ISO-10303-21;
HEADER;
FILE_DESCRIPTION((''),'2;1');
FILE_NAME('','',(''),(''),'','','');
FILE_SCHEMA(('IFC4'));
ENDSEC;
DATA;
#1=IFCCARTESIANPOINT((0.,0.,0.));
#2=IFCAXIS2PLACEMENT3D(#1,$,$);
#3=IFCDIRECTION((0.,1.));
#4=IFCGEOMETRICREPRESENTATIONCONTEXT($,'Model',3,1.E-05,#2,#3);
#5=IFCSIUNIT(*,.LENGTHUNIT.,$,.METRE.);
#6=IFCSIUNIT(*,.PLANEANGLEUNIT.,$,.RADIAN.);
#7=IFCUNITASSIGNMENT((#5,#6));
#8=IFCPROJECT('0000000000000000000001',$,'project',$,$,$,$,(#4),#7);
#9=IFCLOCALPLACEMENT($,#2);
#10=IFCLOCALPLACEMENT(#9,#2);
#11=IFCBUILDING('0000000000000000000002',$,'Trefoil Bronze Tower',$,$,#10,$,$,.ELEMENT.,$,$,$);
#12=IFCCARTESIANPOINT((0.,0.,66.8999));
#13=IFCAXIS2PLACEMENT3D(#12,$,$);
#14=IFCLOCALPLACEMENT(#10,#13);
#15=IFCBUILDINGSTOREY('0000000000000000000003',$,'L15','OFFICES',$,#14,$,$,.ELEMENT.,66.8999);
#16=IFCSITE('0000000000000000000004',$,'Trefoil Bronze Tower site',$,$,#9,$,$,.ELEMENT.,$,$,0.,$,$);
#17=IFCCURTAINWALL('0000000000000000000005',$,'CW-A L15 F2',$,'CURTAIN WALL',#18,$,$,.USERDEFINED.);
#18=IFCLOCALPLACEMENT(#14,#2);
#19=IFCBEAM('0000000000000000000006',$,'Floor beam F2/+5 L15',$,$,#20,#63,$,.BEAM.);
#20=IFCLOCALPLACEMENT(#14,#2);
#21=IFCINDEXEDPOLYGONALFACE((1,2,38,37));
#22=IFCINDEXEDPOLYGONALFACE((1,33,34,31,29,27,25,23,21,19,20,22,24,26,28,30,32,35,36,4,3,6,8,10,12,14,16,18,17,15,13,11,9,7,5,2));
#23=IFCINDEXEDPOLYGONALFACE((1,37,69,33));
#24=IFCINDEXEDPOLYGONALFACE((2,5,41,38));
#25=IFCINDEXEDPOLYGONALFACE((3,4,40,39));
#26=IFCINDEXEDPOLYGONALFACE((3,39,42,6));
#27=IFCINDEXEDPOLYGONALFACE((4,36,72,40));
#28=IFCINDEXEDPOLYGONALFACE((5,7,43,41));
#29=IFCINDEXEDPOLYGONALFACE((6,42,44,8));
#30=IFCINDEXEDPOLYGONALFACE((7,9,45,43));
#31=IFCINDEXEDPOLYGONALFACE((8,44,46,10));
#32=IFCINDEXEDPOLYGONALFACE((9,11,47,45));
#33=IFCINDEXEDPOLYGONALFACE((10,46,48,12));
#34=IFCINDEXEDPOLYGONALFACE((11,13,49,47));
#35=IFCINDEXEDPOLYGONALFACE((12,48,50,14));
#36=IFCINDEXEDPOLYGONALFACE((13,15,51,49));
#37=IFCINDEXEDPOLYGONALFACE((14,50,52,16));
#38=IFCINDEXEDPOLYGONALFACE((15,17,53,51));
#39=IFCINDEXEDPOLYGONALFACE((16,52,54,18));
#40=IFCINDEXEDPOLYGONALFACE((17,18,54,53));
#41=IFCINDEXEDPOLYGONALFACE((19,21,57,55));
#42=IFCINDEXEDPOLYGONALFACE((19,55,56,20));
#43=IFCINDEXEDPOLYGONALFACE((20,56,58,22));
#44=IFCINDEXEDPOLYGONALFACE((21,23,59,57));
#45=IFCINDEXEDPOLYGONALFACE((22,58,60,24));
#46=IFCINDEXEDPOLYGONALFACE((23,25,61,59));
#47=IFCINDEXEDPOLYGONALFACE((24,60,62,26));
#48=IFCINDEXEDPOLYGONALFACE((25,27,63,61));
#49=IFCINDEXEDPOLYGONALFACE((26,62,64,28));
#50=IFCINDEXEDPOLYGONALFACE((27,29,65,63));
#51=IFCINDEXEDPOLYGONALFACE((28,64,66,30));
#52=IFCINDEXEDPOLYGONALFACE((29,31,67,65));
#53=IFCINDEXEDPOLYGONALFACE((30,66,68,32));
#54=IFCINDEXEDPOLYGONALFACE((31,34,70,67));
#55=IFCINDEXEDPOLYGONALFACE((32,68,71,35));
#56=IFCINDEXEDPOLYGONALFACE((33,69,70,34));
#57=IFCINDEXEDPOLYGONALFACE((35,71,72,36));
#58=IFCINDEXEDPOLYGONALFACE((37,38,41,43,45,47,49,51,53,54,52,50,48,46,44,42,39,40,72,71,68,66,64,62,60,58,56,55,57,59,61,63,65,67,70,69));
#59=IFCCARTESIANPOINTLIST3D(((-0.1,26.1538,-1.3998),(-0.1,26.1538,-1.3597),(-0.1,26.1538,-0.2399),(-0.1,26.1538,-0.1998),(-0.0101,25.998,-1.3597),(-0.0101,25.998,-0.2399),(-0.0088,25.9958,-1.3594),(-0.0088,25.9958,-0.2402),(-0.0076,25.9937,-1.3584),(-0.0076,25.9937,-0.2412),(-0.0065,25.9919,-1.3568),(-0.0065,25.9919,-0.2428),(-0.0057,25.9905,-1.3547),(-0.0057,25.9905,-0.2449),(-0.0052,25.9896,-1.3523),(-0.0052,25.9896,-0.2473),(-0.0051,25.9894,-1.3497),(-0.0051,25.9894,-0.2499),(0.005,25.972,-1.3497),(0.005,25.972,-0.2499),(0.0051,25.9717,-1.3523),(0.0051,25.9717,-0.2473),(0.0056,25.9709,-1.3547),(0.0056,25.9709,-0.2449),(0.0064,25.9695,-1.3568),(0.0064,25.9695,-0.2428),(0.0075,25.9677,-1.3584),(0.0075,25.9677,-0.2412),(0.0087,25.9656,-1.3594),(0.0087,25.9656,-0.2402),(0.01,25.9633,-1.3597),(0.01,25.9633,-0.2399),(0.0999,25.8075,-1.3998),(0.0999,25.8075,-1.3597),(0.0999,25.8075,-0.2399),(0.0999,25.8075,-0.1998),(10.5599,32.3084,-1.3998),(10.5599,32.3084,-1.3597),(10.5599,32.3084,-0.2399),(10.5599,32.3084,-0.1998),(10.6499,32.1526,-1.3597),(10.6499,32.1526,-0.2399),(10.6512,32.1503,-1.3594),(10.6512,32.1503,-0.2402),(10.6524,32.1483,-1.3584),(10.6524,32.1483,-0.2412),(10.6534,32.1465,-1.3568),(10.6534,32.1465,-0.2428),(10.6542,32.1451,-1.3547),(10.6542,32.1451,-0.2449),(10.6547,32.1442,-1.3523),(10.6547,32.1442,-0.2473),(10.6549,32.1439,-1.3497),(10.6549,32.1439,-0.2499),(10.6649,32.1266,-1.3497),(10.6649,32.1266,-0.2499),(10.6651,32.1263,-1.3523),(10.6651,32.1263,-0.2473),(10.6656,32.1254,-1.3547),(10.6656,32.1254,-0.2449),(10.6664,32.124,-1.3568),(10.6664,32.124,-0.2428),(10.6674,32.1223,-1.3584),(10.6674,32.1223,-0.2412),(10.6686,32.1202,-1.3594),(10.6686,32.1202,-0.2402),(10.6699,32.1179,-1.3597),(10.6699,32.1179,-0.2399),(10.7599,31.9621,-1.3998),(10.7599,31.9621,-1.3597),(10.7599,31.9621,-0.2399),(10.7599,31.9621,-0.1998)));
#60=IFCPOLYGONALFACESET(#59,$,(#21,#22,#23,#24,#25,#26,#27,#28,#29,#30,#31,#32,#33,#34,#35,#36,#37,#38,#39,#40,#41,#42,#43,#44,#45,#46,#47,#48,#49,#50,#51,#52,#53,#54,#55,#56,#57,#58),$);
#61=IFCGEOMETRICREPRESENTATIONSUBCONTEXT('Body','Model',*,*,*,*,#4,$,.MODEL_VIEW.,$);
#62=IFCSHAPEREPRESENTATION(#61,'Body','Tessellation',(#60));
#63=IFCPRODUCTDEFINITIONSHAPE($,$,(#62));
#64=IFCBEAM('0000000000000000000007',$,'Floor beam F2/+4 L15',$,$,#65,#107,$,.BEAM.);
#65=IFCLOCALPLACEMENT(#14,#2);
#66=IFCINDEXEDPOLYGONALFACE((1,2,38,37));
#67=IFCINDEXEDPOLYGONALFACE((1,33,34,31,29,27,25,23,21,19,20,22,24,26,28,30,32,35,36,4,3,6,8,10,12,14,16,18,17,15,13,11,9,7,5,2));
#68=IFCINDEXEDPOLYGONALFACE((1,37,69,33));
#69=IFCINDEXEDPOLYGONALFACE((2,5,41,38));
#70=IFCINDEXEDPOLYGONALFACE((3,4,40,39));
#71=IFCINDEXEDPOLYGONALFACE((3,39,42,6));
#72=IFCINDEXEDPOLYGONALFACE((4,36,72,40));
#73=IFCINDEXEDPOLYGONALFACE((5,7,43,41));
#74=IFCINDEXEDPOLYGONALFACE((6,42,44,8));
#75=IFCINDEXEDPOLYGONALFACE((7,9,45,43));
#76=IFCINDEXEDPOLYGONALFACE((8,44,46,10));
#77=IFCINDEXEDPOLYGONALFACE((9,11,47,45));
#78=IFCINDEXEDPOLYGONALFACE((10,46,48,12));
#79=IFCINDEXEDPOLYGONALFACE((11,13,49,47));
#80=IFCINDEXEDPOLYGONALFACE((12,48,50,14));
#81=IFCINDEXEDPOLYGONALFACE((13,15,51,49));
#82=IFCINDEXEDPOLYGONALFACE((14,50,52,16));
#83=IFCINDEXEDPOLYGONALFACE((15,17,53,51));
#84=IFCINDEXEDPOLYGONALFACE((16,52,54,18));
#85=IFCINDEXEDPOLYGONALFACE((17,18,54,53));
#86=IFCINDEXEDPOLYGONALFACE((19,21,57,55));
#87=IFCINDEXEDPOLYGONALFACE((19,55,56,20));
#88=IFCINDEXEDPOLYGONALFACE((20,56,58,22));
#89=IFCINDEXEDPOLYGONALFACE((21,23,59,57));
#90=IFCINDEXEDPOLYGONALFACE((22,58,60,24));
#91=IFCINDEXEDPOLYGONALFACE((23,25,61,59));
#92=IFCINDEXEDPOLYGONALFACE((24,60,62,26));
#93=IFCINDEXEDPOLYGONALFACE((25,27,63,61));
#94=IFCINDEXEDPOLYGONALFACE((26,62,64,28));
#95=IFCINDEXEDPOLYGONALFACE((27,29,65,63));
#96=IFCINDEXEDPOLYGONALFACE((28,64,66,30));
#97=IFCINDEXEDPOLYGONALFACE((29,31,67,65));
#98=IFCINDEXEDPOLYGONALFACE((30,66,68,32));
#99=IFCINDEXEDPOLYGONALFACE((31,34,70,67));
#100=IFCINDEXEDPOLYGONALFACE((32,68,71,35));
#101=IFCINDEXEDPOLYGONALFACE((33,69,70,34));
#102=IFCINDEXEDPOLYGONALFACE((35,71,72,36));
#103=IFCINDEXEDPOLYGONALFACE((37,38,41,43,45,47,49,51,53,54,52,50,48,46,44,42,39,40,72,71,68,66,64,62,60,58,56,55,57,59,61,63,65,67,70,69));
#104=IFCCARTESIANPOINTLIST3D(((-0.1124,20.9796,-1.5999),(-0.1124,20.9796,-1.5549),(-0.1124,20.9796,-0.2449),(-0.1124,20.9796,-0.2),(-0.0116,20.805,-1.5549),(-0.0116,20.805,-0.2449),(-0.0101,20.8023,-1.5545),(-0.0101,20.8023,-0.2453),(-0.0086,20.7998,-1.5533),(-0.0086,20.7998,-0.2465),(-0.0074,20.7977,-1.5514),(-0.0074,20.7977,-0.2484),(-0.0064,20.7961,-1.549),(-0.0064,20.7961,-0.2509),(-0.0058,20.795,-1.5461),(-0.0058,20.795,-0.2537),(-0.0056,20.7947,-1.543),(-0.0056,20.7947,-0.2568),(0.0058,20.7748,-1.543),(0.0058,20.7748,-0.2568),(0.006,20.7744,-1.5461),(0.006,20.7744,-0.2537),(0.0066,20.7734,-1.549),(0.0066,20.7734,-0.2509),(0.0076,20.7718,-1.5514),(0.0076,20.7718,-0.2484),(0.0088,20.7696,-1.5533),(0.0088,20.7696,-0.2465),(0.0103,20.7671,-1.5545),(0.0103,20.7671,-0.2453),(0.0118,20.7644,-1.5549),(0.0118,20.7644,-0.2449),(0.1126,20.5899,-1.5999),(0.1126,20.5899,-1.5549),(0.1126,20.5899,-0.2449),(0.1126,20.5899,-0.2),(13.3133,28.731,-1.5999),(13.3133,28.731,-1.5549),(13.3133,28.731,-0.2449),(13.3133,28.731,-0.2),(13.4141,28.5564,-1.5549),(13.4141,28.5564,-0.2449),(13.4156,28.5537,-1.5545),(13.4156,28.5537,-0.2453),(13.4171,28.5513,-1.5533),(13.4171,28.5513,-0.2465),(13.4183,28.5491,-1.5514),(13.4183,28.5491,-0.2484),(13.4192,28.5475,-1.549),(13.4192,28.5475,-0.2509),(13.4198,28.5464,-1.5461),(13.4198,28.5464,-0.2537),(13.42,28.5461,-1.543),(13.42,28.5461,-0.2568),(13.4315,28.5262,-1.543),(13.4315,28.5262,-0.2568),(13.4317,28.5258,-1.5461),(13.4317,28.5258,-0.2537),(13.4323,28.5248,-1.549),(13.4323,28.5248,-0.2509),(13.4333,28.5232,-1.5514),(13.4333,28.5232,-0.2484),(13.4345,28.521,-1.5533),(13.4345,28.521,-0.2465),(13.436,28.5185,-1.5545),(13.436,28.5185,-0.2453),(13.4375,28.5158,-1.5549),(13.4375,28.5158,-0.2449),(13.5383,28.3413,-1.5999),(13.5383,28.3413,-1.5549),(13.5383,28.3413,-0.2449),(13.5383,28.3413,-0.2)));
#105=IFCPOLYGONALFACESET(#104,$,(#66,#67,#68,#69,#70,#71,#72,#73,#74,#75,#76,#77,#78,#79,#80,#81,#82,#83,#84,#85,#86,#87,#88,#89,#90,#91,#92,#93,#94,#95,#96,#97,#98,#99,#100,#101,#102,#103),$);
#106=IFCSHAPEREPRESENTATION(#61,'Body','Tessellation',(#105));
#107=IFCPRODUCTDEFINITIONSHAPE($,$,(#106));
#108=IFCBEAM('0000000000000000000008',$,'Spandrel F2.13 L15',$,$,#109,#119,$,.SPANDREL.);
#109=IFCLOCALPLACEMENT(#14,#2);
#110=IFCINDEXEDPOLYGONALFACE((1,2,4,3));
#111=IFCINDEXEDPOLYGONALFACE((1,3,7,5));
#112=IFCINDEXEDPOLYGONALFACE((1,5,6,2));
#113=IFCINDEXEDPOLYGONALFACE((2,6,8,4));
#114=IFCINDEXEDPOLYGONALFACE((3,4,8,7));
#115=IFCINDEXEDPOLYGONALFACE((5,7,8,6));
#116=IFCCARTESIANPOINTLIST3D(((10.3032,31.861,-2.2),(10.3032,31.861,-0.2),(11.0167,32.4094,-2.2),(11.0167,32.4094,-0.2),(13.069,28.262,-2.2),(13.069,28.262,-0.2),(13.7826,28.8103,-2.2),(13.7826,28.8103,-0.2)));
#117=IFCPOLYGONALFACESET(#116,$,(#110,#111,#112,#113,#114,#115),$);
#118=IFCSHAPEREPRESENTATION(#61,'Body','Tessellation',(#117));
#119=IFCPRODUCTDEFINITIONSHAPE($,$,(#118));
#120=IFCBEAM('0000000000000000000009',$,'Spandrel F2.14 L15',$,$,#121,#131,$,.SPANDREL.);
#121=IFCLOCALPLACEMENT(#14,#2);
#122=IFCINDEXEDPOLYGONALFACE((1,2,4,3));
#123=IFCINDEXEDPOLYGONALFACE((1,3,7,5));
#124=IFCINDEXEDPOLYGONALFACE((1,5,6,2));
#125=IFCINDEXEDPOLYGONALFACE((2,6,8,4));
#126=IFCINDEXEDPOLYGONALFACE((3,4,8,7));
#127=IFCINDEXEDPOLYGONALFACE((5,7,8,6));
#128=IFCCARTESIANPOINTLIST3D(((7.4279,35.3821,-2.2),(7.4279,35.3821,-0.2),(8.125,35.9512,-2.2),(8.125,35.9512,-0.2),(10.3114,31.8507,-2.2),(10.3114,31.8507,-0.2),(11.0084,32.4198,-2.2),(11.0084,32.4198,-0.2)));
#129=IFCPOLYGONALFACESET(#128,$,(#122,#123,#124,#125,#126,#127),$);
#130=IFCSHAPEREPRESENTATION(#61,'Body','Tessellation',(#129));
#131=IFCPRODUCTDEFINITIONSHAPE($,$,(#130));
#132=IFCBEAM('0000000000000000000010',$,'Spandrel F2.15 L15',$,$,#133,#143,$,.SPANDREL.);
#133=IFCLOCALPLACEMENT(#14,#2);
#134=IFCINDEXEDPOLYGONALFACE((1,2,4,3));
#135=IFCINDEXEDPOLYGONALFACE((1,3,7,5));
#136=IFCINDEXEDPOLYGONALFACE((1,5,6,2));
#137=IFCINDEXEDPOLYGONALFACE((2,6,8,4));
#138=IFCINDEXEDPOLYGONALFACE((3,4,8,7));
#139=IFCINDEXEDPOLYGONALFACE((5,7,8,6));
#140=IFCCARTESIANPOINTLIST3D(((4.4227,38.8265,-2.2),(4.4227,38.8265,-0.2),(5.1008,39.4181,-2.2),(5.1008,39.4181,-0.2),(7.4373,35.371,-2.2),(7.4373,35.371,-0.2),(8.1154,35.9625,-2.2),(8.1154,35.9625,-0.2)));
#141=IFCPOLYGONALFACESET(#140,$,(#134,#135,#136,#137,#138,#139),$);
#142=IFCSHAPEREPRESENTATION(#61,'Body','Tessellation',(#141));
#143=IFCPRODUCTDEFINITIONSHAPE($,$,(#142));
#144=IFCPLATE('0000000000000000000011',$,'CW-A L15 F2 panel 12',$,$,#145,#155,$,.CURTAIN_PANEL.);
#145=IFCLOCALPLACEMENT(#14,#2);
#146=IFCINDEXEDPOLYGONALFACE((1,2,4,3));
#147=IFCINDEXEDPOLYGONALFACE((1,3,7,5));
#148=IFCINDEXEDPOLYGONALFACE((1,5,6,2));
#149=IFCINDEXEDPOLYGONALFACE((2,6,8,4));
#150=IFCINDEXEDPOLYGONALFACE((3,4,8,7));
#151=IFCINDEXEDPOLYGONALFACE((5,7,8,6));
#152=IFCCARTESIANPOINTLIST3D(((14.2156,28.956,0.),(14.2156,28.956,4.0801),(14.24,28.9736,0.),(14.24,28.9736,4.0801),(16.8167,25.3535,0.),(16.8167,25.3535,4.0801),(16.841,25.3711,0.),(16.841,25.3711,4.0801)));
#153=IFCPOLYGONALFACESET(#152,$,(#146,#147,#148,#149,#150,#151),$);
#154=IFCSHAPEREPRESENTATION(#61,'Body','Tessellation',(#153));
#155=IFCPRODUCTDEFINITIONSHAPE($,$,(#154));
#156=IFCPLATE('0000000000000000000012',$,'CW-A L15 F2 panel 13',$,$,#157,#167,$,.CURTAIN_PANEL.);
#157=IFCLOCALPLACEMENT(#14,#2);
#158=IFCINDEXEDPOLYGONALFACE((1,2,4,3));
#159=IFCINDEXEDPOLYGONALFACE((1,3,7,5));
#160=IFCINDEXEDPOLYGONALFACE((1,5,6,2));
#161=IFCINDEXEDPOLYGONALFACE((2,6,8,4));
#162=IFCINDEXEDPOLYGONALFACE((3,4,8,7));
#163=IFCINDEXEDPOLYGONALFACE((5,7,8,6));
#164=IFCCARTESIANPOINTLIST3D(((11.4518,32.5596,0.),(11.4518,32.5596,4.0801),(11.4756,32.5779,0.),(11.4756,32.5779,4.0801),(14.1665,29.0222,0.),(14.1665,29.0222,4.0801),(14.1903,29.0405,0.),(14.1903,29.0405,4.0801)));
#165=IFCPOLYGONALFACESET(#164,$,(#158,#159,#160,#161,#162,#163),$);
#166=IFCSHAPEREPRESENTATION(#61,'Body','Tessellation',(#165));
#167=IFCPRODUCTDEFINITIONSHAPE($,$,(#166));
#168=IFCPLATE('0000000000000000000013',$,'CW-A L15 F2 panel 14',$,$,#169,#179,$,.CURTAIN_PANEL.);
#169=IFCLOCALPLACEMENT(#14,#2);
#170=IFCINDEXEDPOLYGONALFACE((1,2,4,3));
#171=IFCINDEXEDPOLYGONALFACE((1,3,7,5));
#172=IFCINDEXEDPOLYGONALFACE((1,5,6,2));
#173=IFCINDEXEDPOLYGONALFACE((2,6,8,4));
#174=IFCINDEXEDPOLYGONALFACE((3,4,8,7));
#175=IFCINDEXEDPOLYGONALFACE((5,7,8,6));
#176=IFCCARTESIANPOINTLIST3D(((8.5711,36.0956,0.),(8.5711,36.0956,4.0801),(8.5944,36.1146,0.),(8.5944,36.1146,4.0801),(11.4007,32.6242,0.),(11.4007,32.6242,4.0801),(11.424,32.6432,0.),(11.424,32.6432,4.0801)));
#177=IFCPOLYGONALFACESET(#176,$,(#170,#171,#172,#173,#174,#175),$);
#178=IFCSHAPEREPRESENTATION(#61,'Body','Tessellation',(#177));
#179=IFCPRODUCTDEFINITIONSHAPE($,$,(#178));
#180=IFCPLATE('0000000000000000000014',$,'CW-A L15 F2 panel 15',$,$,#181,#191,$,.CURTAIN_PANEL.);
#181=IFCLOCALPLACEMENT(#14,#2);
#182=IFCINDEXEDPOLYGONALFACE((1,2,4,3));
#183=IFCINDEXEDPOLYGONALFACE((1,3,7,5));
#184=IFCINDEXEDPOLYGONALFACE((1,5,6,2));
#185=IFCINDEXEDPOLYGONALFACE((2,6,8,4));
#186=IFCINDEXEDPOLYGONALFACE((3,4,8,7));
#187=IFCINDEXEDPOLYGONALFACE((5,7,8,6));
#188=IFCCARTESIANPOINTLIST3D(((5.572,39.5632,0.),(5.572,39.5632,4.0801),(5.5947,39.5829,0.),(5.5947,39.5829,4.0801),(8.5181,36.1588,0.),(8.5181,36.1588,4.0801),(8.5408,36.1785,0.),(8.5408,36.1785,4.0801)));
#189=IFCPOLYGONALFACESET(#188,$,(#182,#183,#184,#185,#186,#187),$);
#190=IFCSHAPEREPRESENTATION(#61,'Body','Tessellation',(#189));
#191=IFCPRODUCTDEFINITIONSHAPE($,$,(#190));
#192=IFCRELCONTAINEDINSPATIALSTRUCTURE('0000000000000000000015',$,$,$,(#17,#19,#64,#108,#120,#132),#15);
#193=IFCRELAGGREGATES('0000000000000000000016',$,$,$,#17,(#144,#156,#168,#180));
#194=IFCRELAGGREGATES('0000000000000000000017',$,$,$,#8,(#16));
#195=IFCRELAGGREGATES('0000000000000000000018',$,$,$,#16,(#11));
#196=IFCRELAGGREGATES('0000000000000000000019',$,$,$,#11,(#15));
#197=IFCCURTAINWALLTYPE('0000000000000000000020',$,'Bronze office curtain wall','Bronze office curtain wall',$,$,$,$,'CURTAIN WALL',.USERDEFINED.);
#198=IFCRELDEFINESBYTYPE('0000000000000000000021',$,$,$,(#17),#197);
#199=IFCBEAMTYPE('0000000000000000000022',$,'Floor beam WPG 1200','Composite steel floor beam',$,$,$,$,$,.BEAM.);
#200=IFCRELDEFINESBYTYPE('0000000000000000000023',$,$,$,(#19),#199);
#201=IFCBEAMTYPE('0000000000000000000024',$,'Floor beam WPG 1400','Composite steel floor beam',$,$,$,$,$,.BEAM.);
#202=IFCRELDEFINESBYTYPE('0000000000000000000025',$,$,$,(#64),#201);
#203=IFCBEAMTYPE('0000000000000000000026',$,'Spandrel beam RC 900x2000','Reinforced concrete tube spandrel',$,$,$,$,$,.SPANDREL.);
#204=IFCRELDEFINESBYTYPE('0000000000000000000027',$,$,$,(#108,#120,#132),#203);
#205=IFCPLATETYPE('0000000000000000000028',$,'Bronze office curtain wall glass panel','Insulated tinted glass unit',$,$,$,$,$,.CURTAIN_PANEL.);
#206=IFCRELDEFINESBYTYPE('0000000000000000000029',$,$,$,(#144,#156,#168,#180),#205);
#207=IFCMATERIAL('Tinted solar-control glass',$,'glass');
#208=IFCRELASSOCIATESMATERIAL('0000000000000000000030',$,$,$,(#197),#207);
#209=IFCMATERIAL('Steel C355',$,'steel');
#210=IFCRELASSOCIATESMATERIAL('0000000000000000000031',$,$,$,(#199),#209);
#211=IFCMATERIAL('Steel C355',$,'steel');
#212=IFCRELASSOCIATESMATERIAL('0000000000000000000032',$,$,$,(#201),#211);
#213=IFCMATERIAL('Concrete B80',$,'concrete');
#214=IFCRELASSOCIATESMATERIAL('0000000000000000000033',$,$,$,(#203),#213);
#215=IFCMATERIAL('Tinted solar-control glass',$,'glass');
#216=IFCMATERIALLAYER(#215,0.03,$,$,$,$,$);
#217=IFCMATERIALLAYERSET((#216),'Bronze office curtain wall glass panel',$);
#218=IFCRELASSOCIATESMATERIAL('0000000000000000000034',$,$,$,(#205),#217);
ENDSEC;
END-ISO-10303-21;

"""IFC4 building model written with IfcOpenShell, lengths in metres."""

from ifc_helpers import new_model, si_unit, direction, frame, origin, origin_2d, place, context, subcontext, project, spatial, rectangle, i_section, extrude, material, layer, layer_set, material_profile, profile_set, type_object, element, aggregate, save


model = new_model("IFC4")

# Units and contexts
model_context = context("Model", 3, precision=1e-05, world=origin(), true_north=direction((0.0, 1.0)))
body_context = subcontext(model_context, "Body", "Model", "MODEL_VIEW")
ifc_project = project(units=[si_unit("LENGTHUNIT", "METRE"), si_unit("PLANEANGLEUNIT", "RADIAN")], contexts=[model_context])

# Site, building, storey
site_placement = place(None, origin())
site = spatial("IfcSite", under=ifc_project, at=site_placement, Name="Trefoil Bronze Tower site", CompositionType="ELEMENT", RefElevation=0.0)
building_placement = place(site_placement, origin())
building = spatial("IfcBuilding", under=site, at=building_placement, Name="Trefoil Bronze Tower", CompositionType="ELEMENT")
storey_placement = place(building_placement, frame((0.0, 0.0, 66.8999)))
storey = spatial("IfcBuildingStorey", under=building, at=storey_placement, Name="L15", Description="OFFICES", CompositionType="ELEMENT", Elevation=66.8999)

# Curtain wall
ifc_material_1 = material(Name="Tinted solar-control glass", Category="glass")
curtain_wall_type_1 = type_object("IfcCurtainWallType", Name="Bronze office curtain wall", Description="Bronze office curtain wall", ElementType="CURTAIN WALL", PredefinedType="USERDEFINED", material=ifc_material_1)
curtain_wall_1_placement = place(storey_placement, origin())
curtain_wall_1 = element("IfcCurtainWall", 1, at=curtain_wall_1_placement, inside=storey, type_object=curtain_wall_type_1, Name="CW-A L15 F2", ObjectType="CURTAIN WALL", PredefinedType="USERDEFINED")

# Beams
ifc_material_2 = material(Name="Steel C355", Category="steel")
ifc_material_profile_1 = material_profile(ifc_material_2, i_section(OverallWidth=0.3999, OverallDepth=1.2, WebThickness=0.02, FlangeThickness=0.04, FilletRadius=0.01, at=origin_2d()), Name="WPG 1200")
ifc_profile_set_1 = profile_set([ifc_material_profile_1], Name="Steel C355")
beam_type_1 = type_object("IfcBeamType", Name="Floor beam WPG 1200", Description="Composite steel floor beam", PredefinedType="BEAM", material=ifc_profile_set_1)
beam_1_placement = place(storey_placement, frame((10.6599, 32.1353, -0.7998), z_axis=(-0.866024, -0.500002, 0.0), x_axis=(0.500002, -0.866024, 0.0)))
element("IfcBeam", 2, at=beam_1_placement, inside=storey, type_object=beam_type_1, Name="Floor beam F2/+5 L15", PredefinedType="BEAM", context=body_context, shape_type="SweptSolid", body=[
    extrude(i_section(OverallWidth=0.3999, OverallDepth=1.2, WebThickness=0.02, FlangeThickness=0.04, FilletRadius=0.01, at=origin_2d()), origin(), (0.0, 0.0, 1.0), 12.3091),
])
ifc_material_3 = material(Name="Steel C355", Category="steel")
ifc_material_profile_2 = material_profile(ifc_material_3, i_section(OverallWidth=0.45, OverallDepth=1.3999, WebThickness=0.0229, FlangeThickness=0.0449, FilletRadius=0.012, at=origin_2d()), Name="WPG 1400")
ifc_profile_set_2 = profile_set([ifc_material_profile_2], Name="Steel C355")
beam_type_2 = type_object("IfcBeamType", Name="Floor beam WPG 1400", Description="Composite steel floor beam", PredefinedType="BEAM", material=ifc_profile_set_2)
beam_2_placement = place(storey_placement, frame((13.4258, 28.5361, -0.8999), z_axis=(-0.866023, -0.500004, 0.0), x_axis=(0.500004, -0.866023, 0.0)))
element("IfcBeam", 3, at=beam_2_placement, inside=storey, type_object=beam_type_2, Name="Floor beam F2/+4 L15", PredefinedType="BEAM", context=body_context, shape_type="SweptSolid", body=[
    extrude(i_section(OverallWidth=0.45, OverallDepth=1.3999, WebThickness=0.0229, FlangeThickness=0.0449, FilletRadius=0.012, at=origin_2d()), origin(), (0.0, 0.0, 1.0), 15.5027),
])
ifc_material_4 = material(Name="Concrete B80", Category="concrete")
ifc_material_profile_3 = material_profile(ifc_material_4, rectangle(XDim=0.8999, YDim=2.0, at=origin_2d()), Name="RC 900x2000")
ifc_profile_set_3 = profile_set([ifc_material_profile_3], Name="Concrete B80")
beam_type_3 = type_object("IfcBeamType", Name="Spandrel beam RC 900x2000", Description="Reinforced concrete tube spandrel", PredefinedType="SPANDREL", material=ifc_profile_set_3)
beam_3_placement = place(storey_placement, frame((13.4258, 28.5361, -1.2), z_axis=(-0.609339, 0.79291, 0.0), x_axis=(-0.79291, -0.609339, 0.0)))
element("IfcBeam", 4, at=beam_3_placement, inside=storey, type_object=beam_type_3, Name="Spandrel F2.13 L15", PredefinedType="SPANDREL", context=body_context, shape_type="SweptSolid", body=[
    extrude(rectangle(XDim=0.8999, YDim=2.0, at=origin_2d()), origin(), (0.0, 0.0, 1.0), 4.5391),
])
beam_4_placement = place(storey_placement, frame((10.6599, 32.1353, -1.2), z_axis=(-0.632468, 0.774587, 0.0), x_axis=(-0.774587, -0.632468, 0.0)))
element("IfcBeam", 5, at=beam_4_placement, inside=storey, type_object=beam_type_3, Name="Spandrel F2.14 L15", PredefinedType="SPANDREL", context=body_context, shape_type="SweptSolid", body=[
    extrude(rectangle(XDim=0.8999, YDim=2.0, at=origin_2d()), origin(), (0.0, 0.0, 1.0), 4.5591),
])
beam_5_placement = place(storey_placement, frame((7.7764, 35.6667, -1.2), z_axis=(-0.657396, 0.753545, 0.0), x_axis=(-0.753545, -0.657396, 0.0)))
element("IfcBeam", 6, at=beam_5_placement, inside=storey, type_object=beam_type_3, Name="Spandrel F2.15 L15", PredefinedType="SPANDREL", context=body_context, shape_type="SweptSolid", body=[
    extrude(rectangle(XDim=0.8999, YDim=2.0, at=origin_2d()), origin(), (0.0, 0.0, 1.0), 4.5857),
])

# Plates
ifc_material_5 = material(Name="Tinted solar-control glass", Category="glass")
ifc_layer_1 = layer(ifc_material_5, 0.03)
ifc_layer_set_1 = layer_set([ifc_layer_1], Name="Bronze office curtain wall glass panel")
plate_type_1 = type_object("IfcPlateType", Name="Bronze office curtain wall glass panel", Description="Insulated tinted glass unit", PredefinedType="CURTAIN_PANEL", material=ifc_layer_set_1)
plate_1_placement = place(storey_placement, frame((15.5283, 27.1636, 0.0), z_axis=(0.0, 0.0, 1.0), x_axis=(-0.585373, 0.810764, 0.0)))
plate_1 = element("IfcPlate", 7, at=plate_1_placement, type_object=plate_type_1, Name="CW-A L15 F2 panel 12", PredefinedType="CURTAIN_PANEL", context=body_context, shape_type="SweptSolid", body=[
    extrude(rectangle(XDim=4.4434, YDim=0.03, at=origin_2d()), origin(), (0.0, 0.0, 1.0), 4.0801),
])
plate_2_placement = place(storey_placement, frame((12.821, 30.8, 0.0), z_axis=(0.0, 0.0, 1.0), x_axis=(-0.608808, 0.793318, 0.0)))
plate_2 = element("IfcPlate", 8, at=plate_2_placement, type_object=plate_type_1, Name="CW-A L15 F2 panel 13", PredefinedType="CURTAIN_PANEL", context=body_context, shape_type="SweptSolid", body=[
    extrude(rectangle(XDim=4.459, YDim=0.03, at=origin_2d()), origin(), (0.0, 0.0, 1.0), 4.0801),
])
plate_3_placement = place(storey_placement, frame((9.9976, 34.3694, 0.0), z_axis=(0.0, 0.0, 1.0), x_axis=(-0.631811, 0.775123, 0.0)))
plate_3 = element("IfcPlate", 9, at=plate_3_placement, type_object=plate_type_1, Name="CW-A L15 F2 panel 14", PredefinedType="CURTAIN_PANEL", context=body_context, shape_type="SweptSolid", body=[
    extrude(rectangle(XDim=4.4785, YDim=0.03, at=origin_2d()), origin(), (0.0, 0.0, 1.0), 4.0801),
])
plate_4_placement = place(storey_placement, frame((7.0564, 37.8708, 0.0), z_axis=(0.0, 0.0, 1.0), x_axis=(-0.654376, 0.756169, 0.0)))
plate_4 = element("IfcPlate", 10, at=plate_4_placement, type_object=plate_type_1, Name="CW-A L15 F2 panel 15", PredefinedType="CURTAIN_PANEL", context=body_context, shape_type="SweptSolid", body=[
    extrude(rectangle(XDim=4.5022, YDim=0.03, at=origin_2d()), origin(), (0.0, 0.0, 1.0), 4.0801),
])
aggregate(curtain_wall_1, [plate_1, plate_2, plate_3, plate_4])

save(model, "model.ifc")
